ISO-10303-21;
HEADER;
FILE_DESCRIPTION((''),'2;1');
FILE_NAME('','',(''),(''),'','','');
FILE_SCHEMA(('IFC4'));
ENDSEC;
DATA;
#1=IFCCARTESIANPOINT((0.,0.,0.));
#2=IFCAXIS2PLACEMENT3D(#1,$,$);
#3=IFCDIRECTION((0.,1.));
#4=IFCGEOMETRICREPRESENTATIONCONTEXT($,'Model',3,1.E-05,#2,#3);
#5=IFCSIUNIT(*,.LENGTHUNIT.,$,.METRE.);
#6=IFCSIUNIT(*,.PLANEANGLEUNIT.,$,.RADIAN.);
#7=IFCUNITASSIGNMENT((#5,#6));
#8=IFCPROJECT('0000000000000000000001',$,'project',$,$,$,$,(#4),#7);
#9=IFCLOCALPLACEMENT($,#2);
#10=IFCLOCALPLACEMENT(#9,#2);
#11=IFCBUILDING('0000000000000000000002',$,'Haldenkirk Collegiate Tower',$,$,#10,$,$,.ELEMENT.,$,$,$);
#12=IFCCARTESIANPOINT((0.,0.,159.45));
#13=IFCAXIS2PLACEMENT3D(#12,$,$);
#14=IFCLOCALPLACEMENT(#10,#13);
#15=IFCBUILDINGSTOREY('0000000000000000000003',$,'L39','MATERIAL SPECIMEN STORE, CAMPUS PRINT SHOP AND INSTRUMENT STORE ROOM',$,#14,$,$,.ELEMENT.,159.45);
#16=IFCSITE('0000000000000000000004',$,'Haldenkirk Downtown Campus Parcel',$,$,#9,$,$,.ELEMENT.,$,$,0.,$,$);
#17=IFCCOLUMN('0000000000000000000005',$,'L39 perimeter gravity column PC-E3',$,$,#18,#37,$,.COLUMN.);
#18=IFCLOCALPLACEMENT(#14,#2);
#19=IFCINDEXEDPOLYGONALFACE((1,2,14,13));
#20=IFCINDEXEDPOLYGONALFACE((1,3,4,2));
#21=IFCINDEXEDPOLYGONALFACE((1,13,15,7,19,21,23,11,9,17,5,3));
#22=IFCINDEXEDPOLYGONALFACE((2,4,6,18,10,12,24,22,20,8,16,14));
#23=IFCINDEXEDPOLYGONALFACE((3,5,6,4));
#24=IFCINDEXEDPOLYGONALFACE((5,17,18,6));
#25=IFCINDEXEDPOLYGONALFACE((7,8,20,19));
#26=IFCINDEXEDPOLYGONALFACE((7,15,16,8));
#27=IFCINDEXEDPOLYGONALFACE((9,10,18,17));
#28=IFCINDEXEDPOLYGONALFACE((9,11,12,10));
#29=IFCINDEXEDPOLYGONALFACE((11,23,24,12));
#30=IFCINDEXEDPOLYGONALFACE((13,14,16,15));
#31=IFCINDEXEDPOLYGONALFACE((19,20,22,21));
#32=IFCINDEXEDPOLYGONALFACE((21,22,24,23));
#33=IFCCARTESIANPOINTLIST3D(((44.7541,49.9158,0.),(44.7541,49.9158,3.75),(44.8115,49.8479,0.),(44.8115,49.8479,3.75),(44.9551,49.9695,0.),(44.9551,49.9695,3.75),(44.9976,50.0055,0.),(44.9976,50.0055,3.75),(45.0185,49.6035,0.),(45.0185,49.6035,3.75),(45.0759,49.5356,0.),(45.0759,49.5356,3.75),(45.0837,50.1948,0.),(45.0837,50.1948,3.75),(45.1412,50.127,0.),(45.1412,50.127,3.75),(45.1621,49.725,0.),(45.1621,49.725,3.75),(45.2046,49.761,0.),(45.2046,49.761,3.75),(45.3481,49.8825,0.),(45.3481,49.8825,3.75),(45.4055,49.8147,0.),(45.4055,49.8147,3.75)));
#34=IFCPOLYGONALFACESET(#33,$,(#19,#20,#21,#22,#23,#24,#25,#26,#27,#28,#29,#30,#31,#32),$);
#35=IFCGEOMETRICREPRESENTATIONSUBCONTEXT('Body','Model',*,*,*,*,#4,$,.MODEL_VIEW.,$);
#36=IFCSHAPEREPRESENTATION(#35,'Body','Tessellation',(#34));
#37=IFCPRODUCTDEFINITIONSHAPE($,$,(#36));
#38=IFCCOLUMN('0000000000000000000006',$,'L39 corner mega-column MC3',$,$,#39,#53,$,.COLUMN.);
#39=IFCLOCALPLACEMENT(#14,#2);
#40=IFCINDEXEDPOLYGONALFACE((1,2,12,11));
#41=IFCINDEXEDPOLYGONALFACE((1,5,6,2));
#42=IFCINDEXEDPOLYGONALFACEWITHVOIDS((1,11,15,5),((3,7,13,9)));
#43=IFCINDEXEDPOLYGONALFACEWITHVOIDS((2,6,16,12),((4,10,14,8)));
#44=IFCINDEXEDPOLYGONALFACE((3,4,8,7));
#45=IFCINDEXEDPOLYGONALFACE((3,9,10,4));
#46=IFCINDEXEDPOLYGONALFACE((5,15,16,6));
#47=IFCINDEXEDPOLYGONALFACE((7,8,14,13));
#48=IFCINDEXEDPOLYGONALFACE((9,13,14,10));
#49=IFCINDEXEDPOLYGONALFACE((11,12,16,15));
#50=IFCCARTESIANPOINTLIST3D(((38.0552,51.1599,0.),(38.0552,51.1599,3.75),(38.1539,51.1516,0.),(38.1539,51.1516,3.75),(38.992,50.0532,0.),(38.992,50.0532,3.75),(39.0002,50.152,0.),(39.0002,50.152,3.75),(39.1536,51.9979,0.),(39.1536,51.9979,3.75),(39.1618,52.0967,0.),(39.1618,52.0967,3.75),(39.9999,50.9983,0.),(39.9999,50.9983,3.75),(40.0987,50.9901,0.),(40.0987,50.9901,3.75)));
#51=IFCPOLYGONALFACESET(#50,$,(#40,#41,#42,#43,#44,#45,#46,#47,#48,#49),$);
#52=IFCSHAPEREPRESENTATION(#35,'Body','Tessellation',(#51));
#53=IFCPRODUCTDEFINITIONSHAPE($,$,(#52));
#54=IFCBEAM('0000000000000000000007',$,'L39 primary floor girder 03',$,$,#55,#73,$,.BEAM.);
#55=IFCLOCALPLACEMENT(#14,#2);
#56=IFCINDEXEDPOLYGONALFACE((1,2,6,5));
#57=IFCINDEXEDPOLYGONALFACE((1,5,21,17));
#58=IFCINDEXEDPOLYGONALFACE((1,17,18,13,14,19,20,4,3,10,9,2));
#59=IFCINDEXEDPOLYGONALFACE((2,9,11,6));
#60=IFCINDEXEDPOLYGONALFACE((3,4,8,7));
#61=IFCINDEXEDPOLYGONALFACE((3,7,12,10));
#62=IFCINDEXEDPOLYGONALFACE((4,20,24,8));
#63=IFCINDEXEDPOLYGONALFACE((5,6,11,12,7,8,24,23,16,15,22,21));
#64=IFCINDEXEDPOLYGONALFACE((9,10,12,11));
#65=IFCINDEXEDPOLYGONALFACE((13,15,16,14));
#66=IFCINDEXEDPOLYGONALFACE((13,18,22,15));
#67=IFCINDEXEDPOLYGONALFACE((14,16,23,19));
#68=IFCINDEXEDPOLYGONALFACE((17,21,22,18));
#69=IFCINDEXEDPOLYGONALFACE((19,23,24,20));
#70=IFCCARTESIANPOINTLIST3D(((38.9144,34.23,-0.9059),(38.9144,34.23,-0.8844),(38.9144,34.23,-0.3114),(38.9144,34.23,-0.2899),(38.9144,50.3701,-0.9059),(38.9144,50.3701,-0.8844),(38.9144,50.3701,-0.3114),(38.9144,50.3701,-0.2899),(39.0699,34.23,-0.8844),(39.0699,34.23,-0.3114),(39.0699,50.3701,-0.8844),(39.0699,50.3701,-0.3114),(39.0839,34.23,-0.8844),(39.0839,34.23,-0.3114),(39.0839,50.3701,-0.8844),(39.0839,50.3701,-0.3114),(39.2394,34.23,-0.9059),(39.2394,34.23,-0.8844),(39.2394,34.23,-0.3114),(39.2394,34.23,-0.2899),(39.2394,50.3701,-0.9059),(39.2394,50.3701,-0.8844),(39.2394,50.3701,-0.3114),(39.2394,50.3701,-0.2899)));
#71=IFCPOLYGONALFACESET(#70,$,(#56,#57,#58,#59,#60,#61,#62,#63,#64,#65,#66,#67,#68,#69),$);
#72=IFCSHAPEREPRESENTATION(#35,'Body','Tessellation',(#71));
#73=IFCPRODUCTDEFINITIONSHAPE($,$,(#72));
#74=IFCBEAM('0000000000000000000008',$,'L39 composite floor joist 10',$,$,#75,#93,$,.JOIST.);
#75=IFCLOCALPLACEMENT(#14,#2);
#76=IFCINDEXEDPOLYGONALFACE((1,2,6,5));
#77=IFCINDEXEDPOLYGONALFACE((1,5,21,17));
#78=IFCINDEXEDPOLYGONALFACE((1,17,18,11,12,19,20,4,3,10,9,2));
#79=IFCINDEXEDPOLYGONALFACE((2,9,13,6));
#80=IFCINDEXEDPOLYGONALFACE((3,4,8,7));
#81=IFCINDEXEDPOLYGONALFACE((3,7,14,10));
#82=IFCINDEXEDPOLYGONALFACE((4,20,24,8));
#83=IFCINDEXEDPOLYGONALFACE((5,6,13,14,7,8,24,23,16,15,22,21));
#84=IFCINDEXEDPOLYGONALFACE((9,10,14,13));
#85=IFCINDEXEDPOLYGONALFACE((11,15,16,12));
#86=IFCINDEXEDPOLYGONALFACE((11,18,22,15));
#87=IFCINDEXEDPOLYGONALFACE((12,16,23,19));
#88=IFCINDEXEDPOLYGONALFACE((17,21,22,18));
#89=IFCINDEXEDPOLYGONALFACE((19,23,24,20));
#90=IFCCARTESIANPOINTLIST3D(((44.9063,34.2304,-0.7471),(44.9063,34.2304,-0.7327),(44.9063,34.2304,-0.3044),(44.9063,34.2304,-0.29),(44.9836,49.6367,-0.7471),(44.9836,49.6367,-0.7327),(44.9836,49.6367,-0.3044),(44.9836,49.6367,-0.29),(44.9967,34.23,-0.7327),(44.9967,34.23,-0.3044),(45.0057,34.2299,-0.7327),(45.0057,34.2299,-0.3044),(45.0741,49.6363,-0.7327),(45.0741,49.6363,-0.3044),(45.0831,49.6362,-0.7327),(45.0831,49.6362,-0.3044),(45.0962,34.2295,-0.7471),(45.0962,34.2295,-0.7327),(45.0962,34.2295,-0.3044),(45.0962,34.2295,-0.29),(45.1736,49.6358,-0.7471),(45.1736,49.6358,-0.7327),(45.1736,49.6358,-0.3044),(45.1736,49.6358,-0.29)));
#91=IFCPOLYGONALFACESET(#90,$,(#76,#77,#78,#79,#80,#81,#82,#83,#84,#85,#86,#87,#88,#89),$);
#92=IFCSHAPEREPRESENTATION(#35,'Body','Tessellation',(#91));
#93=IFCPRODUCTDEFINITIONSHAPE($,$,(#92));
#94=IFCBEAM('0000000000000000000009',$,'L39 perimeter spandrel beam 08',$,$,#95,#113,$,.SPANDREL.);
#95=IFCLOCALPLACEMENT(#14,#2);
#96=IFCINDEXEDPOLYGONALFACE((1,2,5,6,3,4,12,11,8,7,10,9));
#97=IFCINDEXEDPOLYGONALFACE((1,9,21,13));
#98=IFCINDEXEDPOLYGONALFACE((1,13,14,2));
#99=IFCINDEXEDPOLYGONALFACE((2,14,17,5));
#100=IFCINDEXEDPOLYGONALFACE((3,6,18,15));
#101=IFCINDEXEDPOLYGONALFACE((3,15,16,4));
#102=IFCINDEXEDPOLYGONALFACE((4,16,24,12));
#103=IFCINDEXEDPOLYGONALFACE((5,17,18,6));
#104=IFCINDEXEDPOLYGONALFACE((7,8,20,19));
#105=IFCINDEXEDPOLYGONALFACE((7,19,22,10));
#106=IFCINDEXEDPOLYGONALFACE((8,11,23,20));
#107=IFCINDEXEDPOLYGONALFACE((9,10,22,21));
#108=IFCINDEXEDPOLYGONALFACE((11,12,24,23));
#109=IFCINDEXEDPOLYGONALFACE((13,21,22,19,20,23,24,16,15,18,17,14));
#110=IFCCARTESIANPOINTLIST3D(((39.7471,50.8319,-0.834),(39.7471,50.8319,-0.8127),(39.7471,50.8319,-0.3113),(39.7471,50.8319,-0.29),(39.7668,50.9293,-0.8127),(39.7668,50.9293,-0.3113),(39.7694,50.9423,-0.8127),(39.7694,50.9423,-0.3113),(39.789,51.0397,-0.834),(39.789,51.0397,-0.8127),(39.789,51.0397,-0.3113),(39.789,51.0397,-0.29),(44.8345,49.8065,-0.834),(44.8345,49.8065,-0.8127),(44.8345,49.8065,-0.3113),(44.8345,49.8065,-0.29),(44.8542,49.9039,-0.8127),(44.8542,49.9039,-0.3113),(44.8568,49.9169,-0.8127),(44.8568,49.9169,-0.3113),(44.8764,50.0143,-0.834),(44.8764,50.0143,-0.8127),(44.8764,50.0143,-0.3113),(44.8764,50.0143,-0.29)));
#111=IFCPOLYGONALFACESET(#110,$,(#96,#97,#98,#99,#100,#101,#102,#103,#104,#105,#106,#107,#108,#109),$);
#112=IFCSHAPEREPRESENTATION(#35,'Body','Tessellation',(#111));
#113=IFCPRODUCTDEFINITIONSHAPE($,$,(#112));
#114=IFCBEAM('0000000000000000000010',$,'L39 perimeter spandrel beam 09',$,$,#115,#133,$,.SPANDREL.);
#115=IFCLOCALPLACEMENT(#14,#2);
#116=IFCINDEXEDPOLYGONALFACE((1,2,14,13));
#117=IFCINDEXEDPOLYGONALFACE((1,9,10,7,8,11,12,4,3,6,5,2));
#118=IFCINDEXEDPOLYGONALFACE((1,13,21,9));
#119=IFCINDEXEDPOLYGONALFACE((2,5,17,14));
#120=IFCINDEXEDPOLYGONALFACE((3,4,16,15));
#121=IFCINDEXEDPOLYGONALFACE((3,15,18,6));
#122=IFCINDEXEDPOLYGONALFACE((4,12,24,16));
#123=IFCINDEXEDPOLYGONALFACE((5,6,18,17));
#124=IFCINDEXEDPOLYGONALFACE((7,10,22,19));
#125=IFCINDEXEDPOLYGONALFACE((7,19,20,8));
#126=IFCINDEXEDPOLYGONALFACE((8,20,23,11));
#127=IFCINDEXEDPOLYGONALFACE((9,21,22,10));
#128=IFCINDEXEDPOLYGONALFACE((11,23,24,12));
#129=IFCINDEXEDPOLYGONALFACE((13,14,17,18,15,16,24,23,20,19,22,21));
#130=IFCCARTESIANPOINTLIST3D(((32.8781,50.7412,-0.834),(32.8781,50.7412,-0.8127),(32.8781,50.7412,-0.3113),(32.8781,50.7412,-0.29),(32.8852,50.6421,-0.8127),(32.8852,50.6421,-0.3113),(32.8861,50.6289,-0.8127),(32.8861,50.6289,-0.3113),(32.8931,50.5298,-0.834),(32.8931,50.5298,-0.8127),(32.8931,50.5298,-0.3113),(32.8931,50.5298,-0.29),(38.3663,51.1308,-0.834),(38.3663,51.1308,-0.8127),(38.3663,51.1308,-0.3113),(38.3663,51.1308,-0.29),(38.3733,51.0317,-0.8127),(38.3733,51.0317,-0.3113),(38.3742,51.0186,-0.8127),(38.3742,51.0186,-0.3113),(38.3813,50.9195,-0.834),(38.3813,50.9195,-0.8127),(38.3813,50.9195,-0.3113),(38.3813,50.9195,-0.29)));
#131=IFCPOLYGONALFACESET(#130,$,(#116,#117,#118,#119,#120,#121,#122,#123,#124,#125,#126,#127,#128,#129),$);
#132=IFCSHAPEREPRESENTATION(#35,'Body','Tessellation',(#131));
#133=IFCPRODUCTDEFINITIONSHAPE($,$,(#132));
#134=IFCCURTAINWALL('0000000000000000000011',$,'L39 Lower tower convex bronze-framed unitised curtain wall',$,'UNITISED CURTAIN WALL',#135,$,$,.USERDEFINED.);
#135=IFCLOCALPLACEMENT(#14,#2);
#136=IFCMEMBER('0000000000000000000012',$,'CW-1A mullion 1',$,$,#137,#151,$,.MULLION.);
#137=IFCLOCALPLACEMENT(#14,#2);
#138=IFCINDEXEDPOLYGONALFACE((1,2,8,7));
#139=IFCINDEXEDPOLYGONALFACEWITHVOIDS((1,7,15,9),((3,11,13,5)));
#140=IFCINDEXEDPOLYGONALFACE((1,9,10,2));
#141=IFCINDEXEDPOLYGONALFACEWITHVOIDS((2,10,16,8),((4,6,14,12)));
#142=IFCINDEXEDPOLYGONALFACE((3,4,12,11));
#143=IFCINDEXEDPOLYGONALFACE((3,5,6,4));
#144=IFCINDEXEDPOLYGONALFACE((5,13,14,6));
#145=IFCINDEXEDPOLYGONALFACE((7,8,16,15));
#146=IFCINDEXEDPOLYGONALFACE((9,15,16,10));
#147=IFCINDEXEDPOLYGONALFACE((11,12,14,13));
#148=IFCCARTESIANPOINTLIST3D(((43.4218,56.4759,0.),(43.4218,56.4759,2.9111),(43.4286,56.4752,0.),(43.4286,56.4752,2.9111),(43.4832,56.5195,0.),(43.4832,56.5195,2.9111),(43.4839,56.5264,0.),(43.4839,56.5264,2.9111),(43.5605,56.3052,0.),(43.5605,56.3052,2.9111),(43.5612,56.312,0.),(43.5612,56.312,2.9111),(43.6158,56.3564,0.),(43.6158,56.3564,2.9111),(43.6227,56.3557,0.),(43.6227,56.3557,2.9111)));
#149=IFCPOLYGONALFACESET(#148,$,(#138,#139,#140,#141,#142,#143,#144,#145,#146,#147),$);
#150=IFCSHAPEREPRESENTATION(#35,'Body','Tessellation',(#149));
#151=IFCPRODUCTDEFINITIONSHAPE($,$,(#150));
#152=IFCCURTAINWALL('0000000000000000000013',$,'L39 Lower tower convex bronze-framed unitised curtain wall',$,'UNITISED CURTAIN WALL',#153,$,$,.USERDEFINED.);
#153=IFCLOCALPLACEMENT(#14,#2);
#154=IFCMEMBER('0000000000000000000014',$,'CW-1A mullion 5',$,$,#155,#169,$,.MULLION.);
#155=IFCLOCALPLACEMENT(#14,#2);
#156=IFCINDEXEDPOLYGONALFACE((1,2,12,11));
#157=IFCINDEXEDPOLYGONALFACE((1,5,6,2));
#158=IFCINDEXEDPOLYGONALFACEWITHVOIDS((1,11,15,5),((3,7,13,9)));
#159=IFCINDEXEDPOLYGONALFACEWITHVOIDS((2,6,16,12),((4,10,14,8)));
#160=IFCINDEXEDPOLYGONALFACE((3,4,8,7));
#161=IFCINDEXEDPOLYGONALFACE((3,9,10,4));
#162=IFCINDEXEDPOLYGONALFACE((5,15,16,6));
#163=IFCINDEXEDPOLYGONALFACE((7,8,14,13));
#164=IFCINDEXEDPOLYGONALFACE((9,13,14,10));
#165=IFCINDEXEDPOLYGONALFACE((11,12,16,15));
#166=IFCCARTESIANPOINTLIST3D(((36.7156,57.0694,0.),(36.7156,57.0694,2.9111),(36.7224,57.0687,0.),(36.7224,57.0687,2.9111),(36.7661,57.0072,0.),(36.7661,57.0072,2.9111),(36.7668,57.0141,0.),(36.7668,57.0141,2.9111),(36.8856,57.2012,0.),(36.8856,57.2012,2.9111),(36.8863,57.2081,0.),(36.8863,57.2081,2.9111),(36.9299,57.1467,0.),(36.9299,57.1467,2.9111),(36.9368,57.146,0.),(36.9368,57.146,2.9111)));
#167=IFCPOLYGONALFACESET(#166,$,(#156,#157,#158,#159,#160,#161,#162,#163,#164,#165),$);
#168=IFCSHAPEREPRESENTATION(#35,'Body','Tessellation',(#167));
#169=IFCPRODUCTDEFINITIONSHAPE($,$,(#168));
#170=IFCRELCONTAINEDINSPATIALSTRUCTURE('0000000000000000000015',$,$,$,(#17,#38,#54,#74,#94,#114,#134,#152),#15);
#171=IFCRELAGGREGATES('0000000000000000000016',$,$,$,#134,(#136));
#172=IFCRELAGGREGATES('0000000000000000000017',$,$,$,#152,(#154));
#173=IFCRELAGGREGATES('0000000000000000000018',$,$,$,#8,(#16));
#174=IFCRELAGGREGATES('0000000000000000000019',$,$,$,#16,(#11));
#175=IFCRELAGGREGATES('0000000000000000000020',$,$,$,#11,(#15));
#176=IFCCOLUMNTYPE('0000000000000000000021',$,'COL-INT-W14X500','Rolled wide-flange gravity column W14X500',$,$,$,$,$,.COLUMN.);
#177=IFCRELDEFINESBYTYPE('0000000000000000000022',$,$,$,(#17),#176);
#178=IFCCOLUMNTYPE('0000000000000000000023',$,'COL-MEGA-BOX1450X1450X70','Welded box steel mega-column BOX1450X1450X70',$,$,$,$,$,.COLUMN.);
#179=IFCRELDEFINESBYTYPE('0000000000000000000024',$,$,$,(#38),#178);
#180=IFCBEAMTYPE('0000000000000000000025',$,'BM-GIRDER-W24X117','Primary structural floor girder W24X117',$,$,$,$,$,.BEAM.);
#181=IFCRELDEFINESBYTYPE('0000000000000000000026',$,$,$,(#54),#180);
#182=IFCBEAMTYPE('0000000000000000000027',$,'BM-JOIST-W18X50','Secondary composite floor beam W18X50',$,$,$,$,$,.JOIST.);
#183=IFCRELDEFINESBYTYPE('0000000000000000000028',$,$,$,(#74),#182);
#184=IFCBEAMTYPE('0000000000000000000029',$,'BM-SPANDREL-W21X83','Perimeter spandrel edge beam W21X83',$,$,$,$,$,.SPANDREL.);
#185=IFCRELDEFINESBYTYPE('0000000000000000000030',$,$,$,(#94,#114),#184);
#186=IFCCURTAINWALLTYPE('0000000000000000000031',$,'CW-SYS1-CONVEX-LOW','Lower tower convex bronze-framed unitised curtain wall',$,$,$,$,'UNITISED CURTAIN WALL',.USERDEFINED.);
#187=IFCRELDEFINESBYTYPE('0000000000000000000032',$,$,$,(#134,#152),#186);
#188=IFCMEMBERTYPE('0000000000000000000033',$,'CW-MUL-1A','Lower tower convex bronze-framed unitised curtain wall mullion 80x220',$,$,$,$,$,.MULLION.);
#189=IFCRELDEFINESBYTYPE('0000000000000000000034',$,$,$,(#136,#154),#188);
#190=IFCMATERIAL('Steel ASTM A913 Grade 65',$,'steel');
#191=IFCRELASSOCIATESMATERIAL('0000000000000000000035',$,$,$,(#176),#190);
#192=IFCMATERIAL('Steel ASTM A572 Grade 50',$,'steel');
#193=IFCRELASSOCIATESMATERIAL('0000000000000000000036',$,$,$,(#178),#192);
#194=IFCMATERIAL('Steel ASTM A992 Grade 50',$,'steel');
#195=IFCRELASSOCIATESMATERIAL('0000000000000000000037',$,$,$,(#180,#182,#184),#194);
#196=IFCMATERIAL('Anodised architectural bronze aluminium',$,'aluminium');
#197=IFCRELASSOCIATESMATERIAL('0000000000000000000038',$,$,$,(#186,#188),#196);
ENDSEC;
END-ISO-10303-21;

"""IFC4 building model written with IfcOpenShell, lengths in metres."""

from ifc_helpers import new_model, si_unit, direction, frame, origin, origin_2d, place, context, subcontext, project, spatial, hollow_rectangle, i_section, extrude, material, material_profile, profile_set, type_object, element, aggregate, save


model = new_model("IFC4")

# Units and contexts
model_context = context("Model", 3, precision=1e-05, world=origin(), true_north=direction((0.0, 1.0)))
body_context = subcontext(model_context, "Body", "Model", "MODEL_VIEW")
ifc_project = project(units=[si_unit("LENGTHUNIT", "METRE"), si_unit("PLANEANGLEUNIT", "RADIAN")], contexts=[model_context])

# Site, building, storey
site_placement = place(None, origin())
site = spatial("IfcSite", under=ifc_project, at=site_placement, Name="Haldenkirk Downtown Campus Parcel", CompositionType="ELEMENT", RefElevation=0.0)
building_placement = place(site_placement, origin())
building = spatial("IfcBuilding", under=site, at=building_placement, Name="Haldenkirk Collegiate Tower", CompositionType="ELEMENT")
storey_placement = place(building_placement, frame((0.0, 0.0, 159.45)))
storey = spatial("IfcBuildingStorey", under=building, at=storey_placement, Name="L39", Description="MATERIAL SPECIMEN STORE, CAMPUS PRINT SHOP AND INSTRUMENT STORE ROOM", CompositionType="ELEMENT", Elevation=159.45)

# Columns
ifc_material_1 = material(Name="Steel ASTM A913 Grade 65", Category="steel")
ifc_material_profile_1 = material_profile(ifc_material_1, i_section(OverallWidth=0.4319, OverallDepth=0.498, WebThickness=0.0557, FlangeThickness=0.0889, at=origin_2d()), Name="W14X500")
ifc_profile_set_1 = profile_set([ifc_material_profile_1], Name="Steel ASTM A913 Grade 65")
column_type_1 = type_object("IfcColumnType", Name="COL-INT-W14X500", Description="Rolled wide-flange gravity column W14X500", PredefinedType="COLUMN", material=ifc_profile_set_1)
column_1_placement = place(storey_placement, frame((45.0798, 49.8652, 0.0), z_axis=(0.0, 0.0, 1.0), x_axis=(0.763232, 0.646124, 0.0)))
element("IfcColumn", 1, at=column_1_placement, inside=storey, type_object=column_type_1, Name="L39 perimeter gravity column PC-E3", PredefinedType="COLUMN", context=body_context, shape_type="SweptSolid", body=[
    extrude(i_section(OverallWidth=0.4319, OverallDepth=0.498, WebThickness=0.0557, FlangeThickness=0.0889, at=origin_2d()), origin(), (0.0, 0.0, 1.0), 3.75),
])
ifc_material_2 = material(Name="Steel ASTM A572 Grade 50", Category="steel")
ifc_material_profile_2 = material_profile(ifc_material_2, hollow_rectangle(XDim=1.45, YDim=1.45, WallThickness=0.0701, at=origin_2d()), Name="BOX1450X1450X70")
ifc_profile_set_2 = profile_set([ifc_material_profile_2], Name="Steel ASTM A572 Grade 50")
column_type_2 = type_object("IfcColumnType", Name="COL-MEGA-BOX1450X1450X70", Description="Welded box steel mega-column BOX1450X1450X70", PredefinedType="COLUMN", material=ifc_profile_set_2)
column_2_placement = place(storey_placement, frame((39.0769, 51.075, 0.0), z_axis=(0.0, 0.0, 1.0), x_axis=(0.763232, 0.646124, 0.0)))
element("IfcColumn", 2, at=column_2_placement, inside=storey, type_object=column_type_2, Name="L39 corner mega-column MC3", PredefinedType="COLUMN", context=body_context, shape_type="SweptSolid", body=[
    extrude(hollow_rectangle(XDim=1.45, YDim=1.45, WallThickness=0.0701, at=origin_2d()), origin(), (0.0, 0.0, 1.0), 3.75),
])

# Beams
ifc_material_3 = material(Name="Steel ASTM A992 Grade 50", Category="steel")
ifc_material_profile_3 = material_profile(ifc_material_3, i_section(OverallWidth=0.325, OverallDepth=0.616, WebThickness=0.0139, FlangeThickness=0.0215, at=origin_2d()), Name="W24X117")
ifc_profile_set_3 = profile_set([ifc_material_profile_3], Name="Steel ASTM A992 Grade 50")
beam_type_1 = type_object("IfcBeamType", Name="BM-GIRDER-W24X117", Description="Primary structural floor girder W24X117", PredefinedType="BEAM", material=ifc_profile_set_3)
beam_1_placement = place(storey_placement, frame((39.0769, 50.3701, -0.5979), z_axis=(0.0, -1.0, 0.0), x_axis=(1.0, 0.0, 0.0)))
element("IfcBeam", 3, at=beam_1_placement, inside=storey, type_object=beam_type_1, Name="L39 primary floor girder 03", PredefinedType="BEAM", context=body_context, shape_type="SweptSolid", body=[
    extrude(i_section(OverallWidth=0.325, OverallDepth=0.616, WebThickness=0.0139, FlangeThickness=0.0215, at=origin_2d()), origin(), (0.0, 0.0, 1.0), 16.1401),
])
ifc_material_profile_4 = material_profile(ifc_material_3, i_section(OverallWidth=0.1899, OverallDepth=0.457, WebThickness=0.009, FlangeThickness=0.0144, at=origin_2d()), Name="W18X50")
ifc_profile_set_4 = profile_set([ifc_material_profile_4], Name="Steel ASTM A992 Grade 50")
beam_type_2 = type_object("IfcBeamType", Name="BM-JOIST-W18X50", Description="Secondary composite floor beam W18X50", PredefinedType="JOIST", material=ifc_profile_set_4)
beam_2_placement = place(storey_placement, frame((45.0786, 49.6362, -0.5186), z_axis=(-0.005023, -0.999987, 0.0), x_axis=(0.999987, -0.005023, 0.0)))
element("IfcBeam", 4, at=beam_2_placement, inside=storey, type_object=beam_type_2, Name="L39 composite floor joist 10", PredefinedType="JOIST", context=body_context, shape_type="SweptSolid", body=[
    extrude(i_section(OverallWidth=0.1899, OverallDepth=0.457, WebThickness=0.009, FlangeThickness=0.0144, at=origin_2d()), origin(), (0.0, 0.0, 1.0), 15.4065),
])
ifc_material_profile_5 = material_profile(ifc_material_3, i_section(OverallWidth=0.2119, OverallDepth=0.5439, WebThickness=0.0132, FlangeThickness=0.0212, at=origin_2d()), Name="W21X83")
ifc_profile_set_5 = profile_set([ifc_material_profile_5], Name="Steel ASTM A992 Grade 50")
beam_type_3 = type_object("IfcBeamType", Name="BM-SPANDREL-W21X83", Description="Perimeter spandrel edge beam W21X83", PredefinedType="SPANDREL", material=ifc_profile_set_5)
beam_3_placement = place(storey_placement, frame((44.8555, 49.9104, -0.562), z_axis=(-0.980286, 0.197581, 0.0), x_axis=(-0.197581, -0.980286, 0.0)))
element("IfcBeam", 5, at=beam_3_placement, inside=storey, type_object=beam_type_3, Name="L39 perimeter spandrel beam 08", PredefinedType="SPANDREL", context=body_context, shape_type="SweptSolid", body=[
    extrude(i_section(OverallWidth=0.2119, OverallDepth=0.5439, WebThickness=0.0132, FlangeThickness=0.0212, at=origin_2d()), origin(), (0.0, 0.0, 1.0), 5.1897),
])
beam_4_placement = place(storey_placement, frame((38.3738, 51.0251, -0.562), z_axis=(-0.997489, -0.070821, 0.0), x_axis=(0.070821, -0.997489, 0.0)))
element("IfcBeam", 6, at=beam_4_placement, inside=storey, type_object=beam_type_3, Name="L39 perimeter spandrel beam 09", PredefinedType="SPANDREL", context=body_context, shape_type="SweptSolid", body=[
    extrude(i_section(OverallWidth=0.2119, OverallDepth=0.5439, WebThickness=0.0132, FlangeThickness=0.0212, at=origin_2d()), origin(), (0.0, 0.0, 1.0), 5.502),
])

# Curtain walls, members
ifc_material_4 = material(Name="Anodised architectural bronze aluminium", Category="aluminium")
curtain_wall_type = type_object("IfcCurtainWallType", Name="CW-SYS1-CONVEX-LOW", Description="Lower tower convex bronze-framed unitised curtain wall", ElementType="UNITISED CURTAIN WALL", PredefinedType="USERDEFINED", material=ifc_material_4)
curtain_wall_1_placement = place(storey_placement, origin())
curtain_wall_1 = element("IfcCurtainWall", 7, at=curtain_wall_1_placement, inside=storey, type_object=curtain_wall_type, Name="L39 Lower tower convex bronze-framed unitised curtain wall", ObjectType="UNITISED CURTAIN WALL", PredefinedType="USERDEFINED")
ifc_material_profile_6 = material_profile(ifc_material_4, hollow_rectangle(XDim=0.0801, YDim=0.22, WallThickness=0.0049, at=origin_2d()), Name="CW-MUL-1A")
ifc_profile_set_6 = profile_set([ifc_material_profile_6], Name="Anodised architectural bronze aluminium")
member_type_1 = type_object("IfcMemberType", Name="CW-MUL-1A", Description="Lower tower convex bronze-framed unitised curtain wall mullion 80x220", PredefinedType="MULLION", material=ifc_profile_set_6)
member_1_placement = place(storey_placement, frame((43.5222, 56.4158, 0.0), z_axis=(0.0, 0.0, 1.0), x_axis=(0.776047, 0.630676, 0.0)))
member_1 = element("IfcMember", 8, at=member_1_placement, type_object=member_type_1, Name="CW-1A mullion 1", PredefinedType="MULLION", context=body_context, shape_type="SweptSolid", body=[
    extrude(hollow_rectangle(XDim=0.0801, YDim=0.22, WallThickness=0.0049, at=origin_2d()), origin(), (0.0, 0.0, 1.0), 2.9111),
])
curtain_wall_2_placement = place(storey_placement, origin())
curtain_wall_2 = element("IfcCurtainWall", 9, at=curtain_wall_2_placement, inside=storey, type_object=curtain_wall_type, Name="L39 Lower tower convex bronze-framed unitised curtain wall", ObjectType="UNITISED CURTAIN WALL", PredefinedType="USERDEFINED")
member_2_placement = place(storey_placement, frame((36.8262, 57.1077, 0.0), z_axis=(0.0, 0.0, 1.0), x_axis=(-0.630674, 0.776048, 0.0)))
member_2 = element("IfcMember", 10, at=member_2_placement, type_object=member_type_1, Name="CW-1A mullion 5", PredefinedType="MULLION", context=body_context, shape_type="SweptSolid", body=[
    extrude(hollow_rectangle(XDim=0.0801, YDim=0.22, WallThickness=0.0049, at=origin_2d()), origin(), (0.0, 0.0, 1.0), 2.9111),
])

aggregate(curtain_wall_1, [member_1])

aggregate(curtain_wall_2, [member_2])

save(model, "model.ifc")
